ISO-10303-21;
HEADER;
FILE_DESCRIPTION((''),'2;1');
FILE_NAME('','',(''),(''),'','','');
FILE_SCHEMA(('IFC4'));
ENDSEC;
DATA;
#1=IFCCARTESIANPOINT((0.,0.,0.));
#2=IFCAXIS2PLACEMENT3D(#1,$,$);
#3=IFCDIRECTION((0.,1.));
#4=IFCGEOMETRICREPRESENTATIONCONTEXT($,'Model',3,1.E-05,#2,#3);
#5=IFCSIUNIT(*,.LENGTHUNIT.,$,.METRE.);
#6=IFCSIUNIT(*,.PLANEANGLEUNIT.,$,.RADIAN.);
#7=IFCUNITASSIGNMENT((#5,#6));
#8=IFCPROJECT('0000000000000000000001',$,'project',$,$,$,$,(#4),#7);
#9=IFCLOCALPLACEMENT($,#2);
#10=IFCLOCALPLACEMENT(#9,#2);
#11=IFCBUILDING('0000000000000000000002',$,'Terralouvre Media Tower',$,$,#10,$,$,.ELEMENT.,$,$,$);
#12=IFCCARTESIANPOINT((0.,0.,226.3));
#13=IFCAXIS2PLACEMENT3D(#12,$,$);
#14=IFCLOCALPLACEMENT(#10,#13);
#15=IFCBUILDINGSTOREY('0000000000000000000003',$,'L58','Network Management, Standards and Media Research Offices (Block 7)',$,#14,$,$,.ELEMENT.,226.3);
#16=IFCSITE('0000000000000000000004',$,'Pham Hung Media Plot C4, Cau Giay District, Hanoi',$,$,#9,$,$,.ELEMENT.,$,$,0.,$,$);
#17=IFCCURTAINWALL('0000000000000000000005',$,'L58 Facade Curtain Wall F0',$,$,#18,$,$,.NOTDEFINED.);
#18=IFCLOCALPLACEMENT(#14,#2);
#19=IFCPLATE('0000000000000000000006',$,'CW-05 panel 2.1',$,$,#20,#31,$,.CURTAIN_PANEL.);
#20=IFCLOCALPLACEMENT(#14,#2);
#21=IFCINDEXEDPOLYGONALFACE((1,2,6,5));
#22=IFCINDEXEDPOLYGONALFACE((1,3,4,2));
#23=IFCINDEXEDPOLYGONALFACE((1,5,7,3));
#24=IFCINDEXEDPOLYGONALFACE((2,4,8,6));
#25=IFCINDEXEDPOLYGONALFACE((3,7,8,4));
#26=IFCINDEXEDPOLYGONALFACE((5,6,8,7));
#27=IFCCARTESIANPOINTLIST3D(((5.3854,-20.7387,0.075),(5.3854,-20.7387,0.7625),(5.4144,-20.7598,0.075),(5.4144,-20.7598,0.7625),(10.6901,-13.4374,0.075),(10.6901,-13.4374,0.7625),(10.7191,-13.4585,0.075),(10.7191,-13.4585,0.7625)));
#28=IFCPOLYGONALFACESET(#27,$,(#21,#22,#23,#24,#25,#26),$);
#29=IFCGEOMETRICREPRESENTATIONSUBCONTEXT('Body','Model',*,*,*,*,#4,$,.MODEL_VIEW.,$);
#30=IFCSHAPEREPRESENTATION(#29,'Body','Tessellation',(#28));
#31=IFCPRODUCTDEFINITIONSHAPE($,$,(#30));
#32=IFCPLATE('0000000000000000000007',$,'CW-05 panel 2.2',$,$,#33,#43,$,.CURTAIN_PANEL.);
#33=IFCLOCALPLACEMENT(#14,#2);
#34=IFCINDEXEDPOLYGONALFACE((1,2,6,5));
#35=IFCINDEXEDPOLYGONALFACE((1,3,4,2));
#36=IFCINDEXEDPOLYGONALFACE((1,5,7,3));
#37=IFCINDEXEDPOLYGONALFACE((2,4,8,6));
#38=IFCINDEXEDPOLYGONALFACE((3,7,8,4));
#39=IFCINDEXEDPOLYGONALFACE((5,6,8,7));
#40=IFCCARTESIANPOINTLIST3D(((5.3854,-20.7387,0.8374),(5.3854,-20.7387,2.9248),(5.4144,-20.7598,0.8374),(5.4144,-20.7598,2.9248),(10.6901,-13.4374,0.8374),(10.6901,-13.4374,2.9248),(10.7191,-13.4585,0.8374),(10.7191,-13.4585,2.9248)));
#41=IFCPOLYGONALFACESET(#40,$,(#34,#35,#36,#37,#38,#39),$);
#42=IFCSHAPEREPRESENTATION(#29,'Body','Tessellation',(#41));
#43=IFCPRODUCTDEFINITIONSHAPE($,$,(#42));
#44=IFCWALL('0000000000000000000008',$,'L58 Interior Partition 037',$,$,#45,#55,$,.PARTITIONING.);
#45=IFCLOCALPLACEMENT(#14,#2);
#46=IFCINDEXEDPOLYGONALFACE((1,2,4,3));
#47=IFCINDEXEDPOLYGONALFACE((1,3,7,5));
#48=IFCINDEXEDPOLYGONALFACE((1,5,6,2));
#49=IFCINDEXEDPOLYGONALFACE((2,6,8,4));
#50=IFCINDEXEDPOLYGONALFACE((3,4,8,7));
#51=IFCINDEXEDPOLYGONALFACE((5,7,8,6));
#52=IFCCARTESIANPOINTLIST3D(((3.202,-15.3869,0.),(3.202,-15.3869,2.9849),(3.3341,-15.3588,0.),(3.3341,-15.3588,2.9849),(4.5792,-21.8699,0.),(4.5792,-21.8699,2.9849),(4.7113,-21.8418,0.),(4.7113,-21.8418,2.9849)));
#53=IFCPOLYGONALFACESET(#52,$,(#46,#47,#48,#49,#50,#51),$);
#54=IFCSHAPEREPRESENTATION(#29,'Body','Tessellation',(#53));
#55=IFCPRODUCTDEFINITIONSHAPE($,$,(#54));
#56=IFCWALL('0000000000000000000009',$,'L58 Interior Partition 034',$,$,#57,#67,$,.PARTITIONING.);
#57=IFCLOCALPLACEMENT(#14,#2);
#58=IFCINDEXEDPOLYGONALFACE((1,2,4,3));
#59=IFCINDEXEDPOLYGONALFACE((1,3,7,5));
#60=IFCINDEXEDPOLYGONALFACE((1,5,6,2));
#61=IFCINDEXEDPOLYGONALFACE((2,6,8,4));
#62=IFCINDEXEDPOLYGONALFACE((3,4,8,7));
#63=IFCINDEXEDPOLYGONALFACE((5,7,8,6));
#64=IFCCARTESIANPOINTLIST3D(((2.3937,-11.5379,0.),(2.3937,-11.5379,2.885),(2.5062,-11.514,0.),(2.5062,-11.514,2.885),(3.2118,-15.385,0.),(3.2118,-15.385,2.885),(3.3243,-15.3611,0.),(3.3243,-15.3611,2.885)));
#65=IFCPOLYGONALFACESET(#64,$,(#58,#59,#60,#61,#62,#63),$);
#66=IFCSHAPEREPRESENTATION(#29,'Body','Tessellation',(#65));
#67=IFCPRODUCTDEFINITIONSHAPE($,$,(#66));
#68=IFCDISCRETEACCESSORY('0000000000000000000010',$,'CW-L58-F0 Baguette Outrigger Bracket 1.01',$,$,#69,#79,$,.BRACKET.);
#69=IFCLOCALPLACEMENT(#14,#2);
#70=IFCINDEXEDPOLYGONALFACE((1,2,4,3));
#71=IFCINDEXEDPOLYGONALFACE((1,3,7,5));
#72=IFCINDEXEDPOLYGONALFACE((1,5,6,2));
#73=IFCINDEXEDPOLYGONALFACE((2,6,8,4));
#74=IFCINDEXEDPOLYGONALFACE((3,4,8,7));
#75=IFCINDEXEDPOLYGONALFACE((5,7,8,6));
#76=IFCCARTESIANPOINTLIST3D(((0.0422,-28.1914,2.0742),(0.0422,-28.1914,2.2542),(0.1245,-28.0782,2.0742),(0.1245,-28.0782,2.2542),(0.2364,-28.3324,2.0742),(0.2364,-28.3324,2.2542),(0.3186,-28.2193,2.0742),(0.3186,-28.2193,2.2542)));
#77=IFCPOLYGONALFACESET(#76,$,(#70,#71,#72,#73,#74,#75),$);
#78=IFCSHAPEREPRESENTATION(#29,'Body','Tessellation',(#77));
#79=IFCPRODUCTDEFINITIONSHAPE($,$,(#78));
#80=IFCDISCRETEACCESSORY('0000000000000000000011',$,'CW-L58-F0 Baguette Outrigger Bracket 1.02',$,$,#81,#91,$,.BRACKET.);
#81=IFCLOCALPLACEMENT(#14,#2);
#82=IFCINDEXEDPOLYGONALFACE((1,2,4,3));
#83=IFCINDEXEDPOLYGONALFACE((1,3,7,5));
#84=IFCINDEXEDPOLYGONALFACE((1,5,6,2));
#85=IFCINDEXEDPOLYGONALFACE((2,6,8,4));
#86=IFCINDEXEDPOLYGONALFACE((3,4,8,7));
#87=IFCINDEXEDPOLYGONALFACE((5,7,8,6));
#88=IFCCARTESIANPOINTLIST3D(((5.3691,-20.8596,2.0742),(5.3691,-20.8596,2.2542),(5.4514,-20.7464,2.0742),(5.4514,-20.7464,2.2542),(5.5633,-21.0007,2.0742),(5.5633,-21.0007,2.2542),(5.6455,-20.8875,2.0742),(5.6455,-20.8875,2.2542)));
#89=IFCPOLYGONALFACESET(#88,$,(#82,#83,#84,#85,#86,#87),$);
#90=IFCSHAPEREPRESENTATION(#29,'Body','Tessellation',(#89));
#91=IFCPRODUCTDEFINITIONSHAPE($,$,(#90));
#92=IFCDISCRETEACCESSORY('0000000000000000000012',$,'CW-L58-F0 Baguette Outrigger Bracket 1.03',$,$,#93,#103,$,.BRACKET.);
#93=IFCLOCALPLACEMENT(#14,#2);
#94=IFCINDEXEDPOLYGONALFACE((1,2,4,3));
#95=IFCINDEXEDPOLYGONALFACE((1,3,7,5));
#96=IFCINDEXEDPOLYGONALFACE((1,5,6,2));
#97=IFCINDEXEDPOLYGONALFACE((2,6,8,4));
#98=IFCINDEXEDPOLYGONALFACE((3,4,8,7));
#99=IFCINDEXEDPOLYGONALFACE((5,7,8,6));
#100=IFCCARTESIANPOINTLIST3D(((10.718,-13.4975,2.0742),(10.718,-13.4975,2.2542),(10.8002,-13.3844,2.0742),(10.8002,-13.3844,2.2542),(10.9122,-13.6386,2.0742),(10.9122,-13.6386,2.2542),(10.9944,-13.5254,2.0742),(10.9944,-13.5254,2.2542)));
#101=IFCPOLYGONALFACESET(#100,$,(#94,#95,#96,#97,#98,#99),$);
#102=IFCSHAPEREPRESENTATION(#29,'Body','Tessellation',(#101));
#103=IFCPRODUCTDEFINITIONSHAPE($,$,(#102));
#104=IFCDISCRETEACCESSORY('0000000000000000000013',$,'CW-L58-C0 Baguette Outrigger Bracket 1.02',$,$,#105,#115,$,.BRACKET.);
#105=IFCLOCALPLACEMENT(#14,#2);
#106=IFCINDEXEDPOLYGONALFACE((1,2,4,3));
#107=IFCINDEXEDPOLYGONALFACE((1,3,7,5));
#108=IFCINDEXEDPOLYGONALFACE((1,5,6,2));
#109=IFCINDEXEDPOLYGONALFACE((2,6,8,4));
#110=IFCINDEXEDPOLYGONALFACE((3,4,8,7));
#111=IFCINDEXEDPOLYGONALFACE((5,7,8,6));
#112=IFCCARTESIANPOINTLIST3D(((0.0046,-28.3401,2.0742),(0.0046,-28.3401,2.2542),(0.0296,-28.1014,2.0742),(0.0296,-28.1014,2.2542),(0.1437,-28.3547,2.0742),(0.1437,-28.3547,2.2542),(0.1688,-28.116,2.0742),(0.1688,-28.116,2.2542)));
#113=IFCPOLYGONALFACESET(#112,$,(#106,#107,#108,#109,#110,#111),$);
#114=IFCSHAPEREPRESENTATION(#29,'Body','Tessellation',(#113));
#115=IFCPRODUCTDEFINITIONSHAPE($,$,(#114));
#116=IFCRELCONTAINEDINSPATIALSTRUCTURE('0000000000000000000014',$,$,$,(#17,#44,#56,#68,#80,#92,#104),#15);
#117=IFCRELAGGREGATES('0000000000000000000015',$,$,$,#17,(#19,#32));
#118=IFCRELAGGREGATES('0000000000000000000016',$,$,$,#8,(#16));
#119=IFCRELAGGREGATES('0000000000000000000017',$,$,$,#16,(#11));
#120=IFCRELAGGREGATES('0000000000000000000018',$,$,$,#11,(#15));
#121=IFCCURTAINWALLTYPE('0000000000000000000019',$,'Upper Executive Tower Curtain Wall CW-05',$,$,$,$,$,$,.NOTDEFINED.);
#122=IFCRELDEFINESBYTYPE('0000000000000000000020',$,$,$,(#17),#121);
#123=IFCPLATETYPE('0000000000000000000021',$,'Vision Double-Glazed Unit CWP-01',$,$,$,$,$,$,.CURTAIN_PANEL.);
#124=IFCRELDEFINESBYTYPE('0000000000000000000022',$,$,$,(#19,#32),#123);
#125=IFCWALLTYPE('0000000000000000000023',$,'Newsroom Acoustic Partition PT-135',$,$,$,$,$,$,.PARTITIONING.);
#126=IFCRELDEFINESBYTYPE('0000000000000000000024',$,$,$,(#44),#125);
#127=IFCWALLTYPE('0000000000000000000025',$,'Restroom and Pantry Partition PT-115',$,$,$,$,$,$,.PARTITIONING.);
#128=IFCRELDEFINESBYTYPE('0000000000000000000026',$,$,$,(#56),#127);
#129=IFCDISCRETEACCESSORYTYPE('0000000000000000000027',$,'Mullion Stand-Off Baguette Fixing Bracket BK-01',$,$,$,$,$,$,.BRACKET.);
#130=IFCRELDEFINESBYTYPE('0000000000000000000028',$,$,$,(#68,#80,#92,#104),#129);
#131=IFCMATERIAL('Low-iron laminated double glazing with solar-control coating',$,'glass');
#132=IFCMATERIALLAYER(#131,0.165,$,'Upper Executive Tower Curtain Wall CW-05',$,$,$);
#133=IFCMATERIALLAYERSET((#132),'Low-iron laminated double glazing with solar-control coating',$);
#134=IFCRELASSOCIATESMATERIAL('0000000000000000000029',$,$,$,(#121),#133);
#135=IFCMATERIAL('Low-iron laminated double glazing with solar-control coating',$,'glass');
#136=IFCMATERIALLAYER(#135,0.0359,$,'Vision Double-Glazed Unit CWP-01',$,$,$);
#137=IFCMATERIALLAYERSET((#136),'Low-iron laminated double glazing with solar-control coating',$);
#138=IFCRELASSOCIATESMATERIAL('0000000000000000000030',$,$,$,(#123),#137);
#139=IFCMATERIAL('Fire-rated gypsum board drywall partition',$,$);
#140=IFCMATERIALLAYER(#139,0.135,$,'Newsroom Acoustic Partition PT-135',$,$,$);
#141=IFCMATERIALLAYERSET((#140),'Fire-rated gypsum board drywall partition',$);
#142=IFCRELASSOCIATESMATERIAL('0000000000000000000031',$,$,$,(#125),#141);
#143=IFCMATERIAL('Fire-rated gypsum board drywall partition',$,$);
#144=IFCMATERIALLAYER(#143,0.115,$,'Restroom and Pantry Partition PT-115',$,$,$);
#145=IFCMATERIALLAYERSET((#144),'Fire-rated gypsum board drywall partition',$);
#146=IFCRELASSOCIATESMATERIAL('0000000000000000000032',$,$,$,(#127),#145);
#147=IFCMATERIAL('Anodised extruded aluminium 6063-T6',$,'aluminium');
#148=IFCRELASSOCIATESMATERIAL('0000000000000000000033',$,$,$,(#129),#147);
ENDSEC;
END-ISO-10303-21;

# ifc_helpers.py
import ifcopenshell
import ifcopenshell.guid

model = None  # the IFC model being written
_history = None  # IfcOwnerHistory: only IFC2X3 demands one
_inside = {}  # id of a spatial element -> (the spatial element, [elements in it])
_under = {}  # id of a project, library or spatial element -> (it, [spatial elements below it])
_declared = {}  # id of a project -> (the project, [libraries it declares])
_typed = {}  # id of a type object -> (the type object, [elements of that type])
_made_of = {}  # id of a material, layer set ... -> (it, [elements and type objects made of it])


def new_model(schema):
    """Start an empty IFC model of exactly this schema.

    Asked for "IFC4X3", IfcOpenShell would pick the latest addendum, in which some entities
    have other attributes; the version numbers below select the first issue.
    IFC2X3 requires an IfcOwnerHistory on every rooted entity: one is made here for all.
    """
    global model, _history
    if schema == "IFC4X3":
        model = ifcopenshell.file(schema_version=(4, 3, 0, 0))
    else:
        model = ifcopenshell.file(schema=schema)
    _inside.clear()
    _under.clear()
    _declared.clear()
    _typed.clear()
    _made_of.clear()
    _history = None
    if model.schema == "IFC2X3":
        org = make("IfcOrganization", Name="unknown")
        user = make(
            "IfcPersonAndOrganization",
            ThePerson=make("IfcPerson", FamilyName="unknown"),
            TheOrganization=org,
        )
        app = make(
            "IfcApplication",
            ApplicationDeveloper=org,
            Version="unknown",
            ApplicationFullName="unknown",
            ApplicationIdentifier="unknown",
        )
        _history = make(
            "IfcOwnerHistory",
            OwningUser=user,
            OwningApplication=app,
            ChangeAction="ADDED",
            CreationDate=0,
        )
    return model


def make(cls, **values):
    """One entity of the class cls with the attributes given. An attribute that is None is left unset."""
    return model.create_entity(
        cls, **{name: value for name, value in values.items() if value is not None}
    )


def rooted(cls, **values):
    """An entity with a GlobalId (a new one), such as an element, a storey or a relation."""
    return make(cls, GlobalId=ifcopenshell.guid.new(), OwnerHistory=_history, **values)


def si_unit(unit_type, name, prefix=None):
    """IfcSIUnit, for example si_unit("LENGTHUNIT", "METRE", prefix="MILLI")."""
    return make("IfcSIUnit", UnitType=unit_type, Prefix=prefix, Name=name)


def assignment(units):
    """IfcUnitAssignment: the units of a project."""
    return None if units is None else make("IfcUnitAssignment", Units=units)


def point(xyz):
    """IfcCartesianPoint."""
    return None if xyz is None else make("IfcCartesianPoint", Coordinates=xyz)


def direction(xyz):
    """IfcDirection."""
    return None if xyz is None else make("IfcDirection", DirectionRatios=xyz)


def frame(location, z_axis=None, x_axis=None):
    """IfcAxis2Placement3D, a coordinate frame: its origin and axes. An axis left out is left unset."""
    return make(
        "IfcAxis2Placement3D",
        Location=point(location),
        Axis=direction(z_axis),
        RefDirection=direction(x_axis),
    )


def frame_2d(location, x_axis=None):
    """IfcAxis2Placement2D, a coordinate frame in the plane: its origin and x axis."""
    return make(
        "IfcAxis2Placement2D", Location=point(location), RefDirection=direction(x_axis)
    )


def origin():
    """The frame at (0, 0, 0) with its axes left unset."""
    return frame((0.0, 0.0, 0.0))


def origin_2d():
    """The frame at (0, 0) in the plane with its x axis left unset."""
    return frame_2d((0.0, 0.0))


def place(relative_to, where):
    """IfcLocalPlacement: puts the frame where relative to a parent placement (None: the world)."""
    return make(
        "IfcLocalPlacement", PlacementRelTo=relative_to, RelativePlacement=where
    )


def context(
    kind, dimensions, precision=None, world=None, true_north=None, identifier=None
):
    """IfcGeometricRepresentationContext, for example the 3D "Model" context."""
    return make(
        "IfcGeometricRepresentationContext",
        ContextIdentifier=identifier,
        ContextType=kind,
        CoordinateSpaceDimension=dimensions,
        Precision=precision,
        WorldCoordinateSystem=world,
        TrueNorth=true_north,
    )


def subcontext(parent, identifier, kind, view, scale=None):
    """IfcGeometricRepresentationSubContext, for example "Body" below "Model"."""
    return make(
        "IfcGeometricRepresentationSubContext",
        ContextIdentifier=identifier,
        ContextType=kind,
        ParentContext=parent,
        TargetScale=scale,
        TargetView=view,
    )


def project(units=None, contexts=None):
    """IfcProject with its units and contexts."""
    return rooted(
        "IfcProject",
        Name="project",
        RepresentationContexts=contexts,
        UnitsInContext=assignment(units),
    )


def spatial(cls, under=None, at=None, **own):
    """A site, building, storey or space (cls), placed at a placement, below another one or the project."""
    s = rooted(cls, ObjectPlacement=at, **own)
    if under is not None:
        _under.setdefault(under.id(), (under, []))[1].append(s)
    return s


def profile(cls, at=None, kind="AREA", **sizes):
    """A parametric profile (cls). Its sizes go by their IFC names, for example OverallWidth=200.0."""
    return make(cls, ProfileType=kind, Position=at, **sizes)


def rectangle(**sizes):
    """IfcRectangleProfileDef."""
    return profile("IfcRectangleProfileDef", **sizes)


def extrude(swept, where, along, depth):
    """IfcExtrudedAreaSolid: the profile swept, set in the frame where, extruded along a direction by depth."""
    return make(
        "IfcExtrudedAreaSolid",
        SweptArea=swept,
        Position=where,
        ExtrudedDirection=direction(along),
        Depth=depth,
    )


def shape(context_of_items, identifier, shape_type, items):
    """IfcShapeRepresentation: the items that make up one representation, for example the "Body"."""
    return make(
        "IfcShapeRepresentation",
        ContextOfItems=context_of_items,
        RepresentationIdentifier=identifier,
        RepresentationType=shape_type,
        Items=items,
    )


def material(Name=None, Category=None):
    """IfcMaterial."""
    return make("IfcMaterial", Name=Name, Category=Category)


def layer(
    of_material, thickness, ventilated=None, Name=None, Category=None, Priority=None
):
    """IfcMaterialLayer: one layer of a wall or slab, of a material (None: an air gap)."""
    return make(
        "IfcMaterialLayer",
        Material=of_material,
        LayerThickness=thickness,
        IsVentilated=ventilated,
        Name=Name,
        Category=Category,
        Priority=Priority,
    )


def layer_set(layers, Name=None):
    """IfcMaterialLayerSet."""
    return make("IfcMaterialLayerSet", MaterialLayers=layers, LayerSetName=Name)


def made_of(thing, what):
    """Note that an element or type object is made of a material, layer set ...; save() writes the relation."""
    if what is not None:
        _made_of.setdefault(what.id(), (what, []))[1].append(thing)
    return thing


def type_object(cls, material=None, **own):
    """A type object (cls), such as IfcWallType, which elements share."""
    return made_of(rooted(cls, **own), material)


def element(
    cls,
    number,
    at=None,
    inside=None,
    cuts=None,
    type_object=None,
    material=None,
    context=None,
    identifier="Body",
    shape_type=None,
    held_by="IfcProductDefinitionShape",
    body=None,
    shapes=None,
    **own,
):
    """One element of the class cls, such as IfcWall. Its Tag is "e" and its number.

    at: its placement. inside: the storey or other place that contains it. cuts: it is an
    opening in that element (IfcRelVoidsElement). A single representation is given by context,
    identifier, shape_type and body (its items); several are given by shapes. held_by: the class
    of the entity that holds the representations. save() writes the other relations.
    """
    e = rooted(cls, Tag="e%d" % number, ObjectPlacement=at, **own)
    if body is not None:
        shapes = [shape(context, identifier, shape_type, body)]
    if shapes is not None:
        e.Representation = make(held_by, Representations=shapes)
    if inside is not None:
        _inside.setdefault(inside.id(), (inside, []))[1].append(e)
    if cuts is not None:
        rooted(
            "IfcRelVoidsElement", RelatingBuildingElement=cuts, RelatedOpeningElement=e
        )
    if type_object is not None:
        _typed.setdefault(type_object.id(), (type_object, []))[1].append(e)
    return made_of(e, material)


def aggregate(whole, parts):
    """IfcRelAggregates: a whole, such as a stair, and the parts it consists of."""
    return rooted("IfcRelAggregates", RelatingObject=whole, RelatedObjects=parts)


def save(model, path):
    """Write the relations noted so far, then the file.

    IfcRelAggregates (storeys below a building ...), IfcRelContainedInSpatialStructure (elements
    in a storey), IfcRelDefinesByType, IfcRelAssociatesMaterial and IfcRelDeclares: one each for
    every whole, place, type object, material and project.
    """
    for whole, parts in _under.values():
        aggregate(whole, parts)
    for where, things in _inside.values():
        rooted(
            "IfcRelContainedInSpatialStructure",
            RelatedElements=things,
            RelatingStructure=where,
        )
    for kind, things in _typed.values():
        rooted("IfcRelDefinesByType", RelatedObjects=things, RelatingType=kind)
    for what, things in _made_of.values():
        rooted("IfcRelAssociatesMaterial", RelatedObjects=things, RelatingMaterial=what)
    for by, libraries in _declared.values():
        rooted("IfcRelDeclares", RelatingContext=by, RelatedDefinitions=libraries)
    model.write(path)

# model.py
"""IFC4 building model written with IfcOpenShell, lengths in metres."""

from ifc_helpers import new_model, si_unit, direction, frame, frame_2d, origin, origin_2d, place, context, subcontext, project, spatial, rectangle, extrude, material, layer, layer_set, type_object, element, aggregate, save


model = new_model("IFC4")

# Units and contexts
model_context = context("Model", 3, precision=1e-05, world=origin(), true_north=direction((0.0, 1.0)))
body_context = subcontext(model_context, "Body", "Model", "MODEL_VIEW")
ifc_project = project(units=[si_unit("LENGTHUNIT", "METRE"), si_unit("PLANEANGLEUNIT", "RADIAN")], contexts=[model_context])

# Site, building, storey
site_placement = place(None, origin())
site = spatial("IfcSite", under=ifc_project, at=site_placement, Name="Pham Hung Media Plot C4, Cau Giay District, Hanoi", CompositionType="ELEMENT", RefElevation=0.0)
building_placement = place(site_placement, origin())
building = spatial("IfcBuilding", under=site, at=building_placement, Name="Terralouvre Media Tower", CompositionType="ELEMENT")
storey_placement = place(building_placement, frame((0.0, 0.0, 226.3)))
storey = spatial("IfcBuildingStorey", under=building, at=storey_placement, Name="L58", Description="Network Management, Standards and Media Research Offices (Block 7)", CompositionType="ELEMENT", Elevation=226.3)

# Curtain wall
ifc_material_1 = material(Name="Low-iron laminated double glazing with solar-control coating", Category="glass")
ifc_layer_1 = layer(ifc_material_1, 0.165, Name="Upper Executive Tower Curtain Wall CW-05")
ifc_layer_set_1 = layer_set([ifc_layer_1], Name="Low-iron laminated double glazing with solar-control coating")
curtain_wall_type_1 = type_object("IfcCurtainWallType", Name="Upper Executive Tower Curtain Wall CW-05", PredefinedType="NOTDEFINED", material=ifc_layer_set_1)
curtain_wall_1_placement = place(storey_placement, origin())
curtain_wall_1 = element("IfcCurtainWall", 1, at=curtain_wall_1_placement, inside=storey, type_object=curtain_wall_type_1, Name="L58 Facade Curtain Wall F0", PredefinedType="NOTDEFINED")

# Plates
ifc_material_2 = material(Name="Low-iron laminated double glazing with solar-control coating", Category="glass")
ifc_layer_2 = layer(ifc_material_2, 0.0359, Name="Vision Double-Glazed Unit CWP-01")
ifc_layer_set_2 = layer_set([ifc_layer_2], Name="Low-iron laminated double glazing with solar-control coating")
plate_type = type_object("IfcPlateType", Name="Vision Double-Glazed Unit CWP-01", PredefinedType="CURTAIN_PANEL", material=ifc_layer_set_2)
plate_1_placement = place(storey_placement, frame((8.0522, -17.0986, 0.075), z_axis=(0.0, 0.0, 1.0), x_axis=(0.587785, 0.809017, 0.0)))
plate_1 = element("IfcPlate", 2, at=plate_1_placement, type_object=plate_type, Name="CW-05 panel 2.1", PredefinedType="CURTAIN_PANEL", context=body_context, shape_type="SweptSolid", body=[
    extrude(rectangle(XDim=9.0249, YDim=0.0359, at=origin_2d()), origin(), (0.0, 0.0, 1.0), 0.6875),
])
plate_2_placement = place(storey_placement, frame((8.0522, -17.0986, 0.8374), z_axis=(0.0, 0.0, 1.0), x_axis=(0.587785, 0.809017, 0.0)))
plate_2 = element("IfcPlate", 3, at=plate_2_placement, type_object=plate_type, Name="CW-05 panel 2.2", PredefinedType="CURTAIN_PANEL", context=body_context, shape_type="SweptSolid", body=[
    extrude(rectangle(XDim=9.0249, YDim=0.0359, at=origin_2d()), origin(), (0.0, 0.0, 1.0), 2.0874),
])
aggregate(curtain_wall_1, [plate_1, plate_2])

# Walls
ifc_material_3 = material(Name="Fire-rated gypsum board drywall partition")
ifc_layer_3 = layer(ifc_material_3, 0.135, Name="Newsroom Acoustic Partition PT-135")
ifc_layer_set_3 = layer_set([ifc_layer_3], Name="Fire-rated gypsum board drywall partition")
wall_type_1 = type_object("IfcWallType", Name="Newsroom Acoustic Partition PT-135", PredefinedType="PARTITIONING", material=ifc_layer_set_3)
wall_1_placement = place(storey_placement, frame((4.6453, -21.856, 0.0), z_axis=(0.0, 0.0, 1.0), x_axis=(-0.207798, 0.978172, 0.0)))
element("IfcWall", 4, at=wall_1_placement, inside=storey, type_object=wall_type_1, Name="L58 Interior Partition 037", PredefinedType="PARTITIONING", context=body_context, shape_type="SweptSolid", body=[
    extrude(rectangle(XDim=6.6277, YDim=0.135, at=frame_2d((3.314, 0.0))), origin(), (0.0, 0.0, 1.0), 2.9849),
])
ifc_material_4 = material(Name="Fire-rated gypsum board drywall partition")
ifc_layer_4 = layer(ifc_material_4, 0.115, Name="Restroom and Pantry Partition PT-115")
ifc_layer_set_4 = layer_set([ifc_layer_4], Name="Fire-rated gypsum board drywall partition")
wall_type_2 = type_object("IfcWallType", Name="Restroom and Pantry Partition PT-115", PredefinedType="PARTITIONING", material=ifc_layer_set_4)
wall_2_placement = place(storey_placement, frame((3.2681, -15.373, 0.0), z_axis=(0.0, 0.0, 1.0), x_axis=(-0.208003, 0.978128, 0.0)))
element("IfcWall", 5, at=wall_2_placement, inside=storey, type_object=wall_type_2, Name="L58 Interior Partition 034", PredefinedType="PARTITIONING", context=body_context, shape_type="SweptSolid", body=[
    extrude(rectangle(XDim=3.9331, YDim=0.115, at=frame_2d((1.9666, 0.0))), origin(), (0.0, 0.0, 1.0), 2.885),
])

# Discrete accessories
ifc_material_5 = material(Name="Anodised extruded aluminium 6063-T6", Category="aluminium")
discrete_accessory_type = type_object("IfcDiscreteAccessoryType", Name="Mullion Stand-Off Baguette Fixing Bracket BK-01", PredefinedType="BRACKET", material=ifc_material_5)
for number, where, z_axis, x_axis, name in (
    (6, (0.1804, -28.2053, 2.0742), (0.0, 0.0, 1.0), (0.587785, 0.809017, 0.0), "CW-L58-F0 Baguette Outrigger Bracket 1.01"),
    (7, (5.5073, -20.8735, 2.0742), (0.0, 0.0, 1.0), (0.587785, 0.809017, 0.0), "CW-L58-F0 Baguette Outrigger Bracket 1.02"),
    (8, (10.8562, -13.5115, 2.0742), (0.0, 0.0, 1.0), (0.587785, 0.809017, 0.0), "CW-L58-F0 Baguette Outrigger Bracket 1.03"),
    (9, (0.0867, -28.228, 2.0742), (0.0, 0.0, 1.0), (0.994522, -0.104528, 0.0), "CW-L58-C0 Baguette Outrigger Bracket 1.02"),
):
    element("IfcDiscreteAccessory", number, at=place(storey_placement, frame(where, z_axis=z_axis, x_axis=x_axis)), inside=storey, type_object=discrete_accessory_type, Name=name, PredefinedType="BRACKET", context=body_context, shape_type="SweptSolid", body=[
        extrude(rectangle(XDim=0.1399, YDim=0.24, at=origin_2d()), origin(), (0.0, 0.0, 1.0), 0.1799),
    ])

save(model, "model.ifc")
